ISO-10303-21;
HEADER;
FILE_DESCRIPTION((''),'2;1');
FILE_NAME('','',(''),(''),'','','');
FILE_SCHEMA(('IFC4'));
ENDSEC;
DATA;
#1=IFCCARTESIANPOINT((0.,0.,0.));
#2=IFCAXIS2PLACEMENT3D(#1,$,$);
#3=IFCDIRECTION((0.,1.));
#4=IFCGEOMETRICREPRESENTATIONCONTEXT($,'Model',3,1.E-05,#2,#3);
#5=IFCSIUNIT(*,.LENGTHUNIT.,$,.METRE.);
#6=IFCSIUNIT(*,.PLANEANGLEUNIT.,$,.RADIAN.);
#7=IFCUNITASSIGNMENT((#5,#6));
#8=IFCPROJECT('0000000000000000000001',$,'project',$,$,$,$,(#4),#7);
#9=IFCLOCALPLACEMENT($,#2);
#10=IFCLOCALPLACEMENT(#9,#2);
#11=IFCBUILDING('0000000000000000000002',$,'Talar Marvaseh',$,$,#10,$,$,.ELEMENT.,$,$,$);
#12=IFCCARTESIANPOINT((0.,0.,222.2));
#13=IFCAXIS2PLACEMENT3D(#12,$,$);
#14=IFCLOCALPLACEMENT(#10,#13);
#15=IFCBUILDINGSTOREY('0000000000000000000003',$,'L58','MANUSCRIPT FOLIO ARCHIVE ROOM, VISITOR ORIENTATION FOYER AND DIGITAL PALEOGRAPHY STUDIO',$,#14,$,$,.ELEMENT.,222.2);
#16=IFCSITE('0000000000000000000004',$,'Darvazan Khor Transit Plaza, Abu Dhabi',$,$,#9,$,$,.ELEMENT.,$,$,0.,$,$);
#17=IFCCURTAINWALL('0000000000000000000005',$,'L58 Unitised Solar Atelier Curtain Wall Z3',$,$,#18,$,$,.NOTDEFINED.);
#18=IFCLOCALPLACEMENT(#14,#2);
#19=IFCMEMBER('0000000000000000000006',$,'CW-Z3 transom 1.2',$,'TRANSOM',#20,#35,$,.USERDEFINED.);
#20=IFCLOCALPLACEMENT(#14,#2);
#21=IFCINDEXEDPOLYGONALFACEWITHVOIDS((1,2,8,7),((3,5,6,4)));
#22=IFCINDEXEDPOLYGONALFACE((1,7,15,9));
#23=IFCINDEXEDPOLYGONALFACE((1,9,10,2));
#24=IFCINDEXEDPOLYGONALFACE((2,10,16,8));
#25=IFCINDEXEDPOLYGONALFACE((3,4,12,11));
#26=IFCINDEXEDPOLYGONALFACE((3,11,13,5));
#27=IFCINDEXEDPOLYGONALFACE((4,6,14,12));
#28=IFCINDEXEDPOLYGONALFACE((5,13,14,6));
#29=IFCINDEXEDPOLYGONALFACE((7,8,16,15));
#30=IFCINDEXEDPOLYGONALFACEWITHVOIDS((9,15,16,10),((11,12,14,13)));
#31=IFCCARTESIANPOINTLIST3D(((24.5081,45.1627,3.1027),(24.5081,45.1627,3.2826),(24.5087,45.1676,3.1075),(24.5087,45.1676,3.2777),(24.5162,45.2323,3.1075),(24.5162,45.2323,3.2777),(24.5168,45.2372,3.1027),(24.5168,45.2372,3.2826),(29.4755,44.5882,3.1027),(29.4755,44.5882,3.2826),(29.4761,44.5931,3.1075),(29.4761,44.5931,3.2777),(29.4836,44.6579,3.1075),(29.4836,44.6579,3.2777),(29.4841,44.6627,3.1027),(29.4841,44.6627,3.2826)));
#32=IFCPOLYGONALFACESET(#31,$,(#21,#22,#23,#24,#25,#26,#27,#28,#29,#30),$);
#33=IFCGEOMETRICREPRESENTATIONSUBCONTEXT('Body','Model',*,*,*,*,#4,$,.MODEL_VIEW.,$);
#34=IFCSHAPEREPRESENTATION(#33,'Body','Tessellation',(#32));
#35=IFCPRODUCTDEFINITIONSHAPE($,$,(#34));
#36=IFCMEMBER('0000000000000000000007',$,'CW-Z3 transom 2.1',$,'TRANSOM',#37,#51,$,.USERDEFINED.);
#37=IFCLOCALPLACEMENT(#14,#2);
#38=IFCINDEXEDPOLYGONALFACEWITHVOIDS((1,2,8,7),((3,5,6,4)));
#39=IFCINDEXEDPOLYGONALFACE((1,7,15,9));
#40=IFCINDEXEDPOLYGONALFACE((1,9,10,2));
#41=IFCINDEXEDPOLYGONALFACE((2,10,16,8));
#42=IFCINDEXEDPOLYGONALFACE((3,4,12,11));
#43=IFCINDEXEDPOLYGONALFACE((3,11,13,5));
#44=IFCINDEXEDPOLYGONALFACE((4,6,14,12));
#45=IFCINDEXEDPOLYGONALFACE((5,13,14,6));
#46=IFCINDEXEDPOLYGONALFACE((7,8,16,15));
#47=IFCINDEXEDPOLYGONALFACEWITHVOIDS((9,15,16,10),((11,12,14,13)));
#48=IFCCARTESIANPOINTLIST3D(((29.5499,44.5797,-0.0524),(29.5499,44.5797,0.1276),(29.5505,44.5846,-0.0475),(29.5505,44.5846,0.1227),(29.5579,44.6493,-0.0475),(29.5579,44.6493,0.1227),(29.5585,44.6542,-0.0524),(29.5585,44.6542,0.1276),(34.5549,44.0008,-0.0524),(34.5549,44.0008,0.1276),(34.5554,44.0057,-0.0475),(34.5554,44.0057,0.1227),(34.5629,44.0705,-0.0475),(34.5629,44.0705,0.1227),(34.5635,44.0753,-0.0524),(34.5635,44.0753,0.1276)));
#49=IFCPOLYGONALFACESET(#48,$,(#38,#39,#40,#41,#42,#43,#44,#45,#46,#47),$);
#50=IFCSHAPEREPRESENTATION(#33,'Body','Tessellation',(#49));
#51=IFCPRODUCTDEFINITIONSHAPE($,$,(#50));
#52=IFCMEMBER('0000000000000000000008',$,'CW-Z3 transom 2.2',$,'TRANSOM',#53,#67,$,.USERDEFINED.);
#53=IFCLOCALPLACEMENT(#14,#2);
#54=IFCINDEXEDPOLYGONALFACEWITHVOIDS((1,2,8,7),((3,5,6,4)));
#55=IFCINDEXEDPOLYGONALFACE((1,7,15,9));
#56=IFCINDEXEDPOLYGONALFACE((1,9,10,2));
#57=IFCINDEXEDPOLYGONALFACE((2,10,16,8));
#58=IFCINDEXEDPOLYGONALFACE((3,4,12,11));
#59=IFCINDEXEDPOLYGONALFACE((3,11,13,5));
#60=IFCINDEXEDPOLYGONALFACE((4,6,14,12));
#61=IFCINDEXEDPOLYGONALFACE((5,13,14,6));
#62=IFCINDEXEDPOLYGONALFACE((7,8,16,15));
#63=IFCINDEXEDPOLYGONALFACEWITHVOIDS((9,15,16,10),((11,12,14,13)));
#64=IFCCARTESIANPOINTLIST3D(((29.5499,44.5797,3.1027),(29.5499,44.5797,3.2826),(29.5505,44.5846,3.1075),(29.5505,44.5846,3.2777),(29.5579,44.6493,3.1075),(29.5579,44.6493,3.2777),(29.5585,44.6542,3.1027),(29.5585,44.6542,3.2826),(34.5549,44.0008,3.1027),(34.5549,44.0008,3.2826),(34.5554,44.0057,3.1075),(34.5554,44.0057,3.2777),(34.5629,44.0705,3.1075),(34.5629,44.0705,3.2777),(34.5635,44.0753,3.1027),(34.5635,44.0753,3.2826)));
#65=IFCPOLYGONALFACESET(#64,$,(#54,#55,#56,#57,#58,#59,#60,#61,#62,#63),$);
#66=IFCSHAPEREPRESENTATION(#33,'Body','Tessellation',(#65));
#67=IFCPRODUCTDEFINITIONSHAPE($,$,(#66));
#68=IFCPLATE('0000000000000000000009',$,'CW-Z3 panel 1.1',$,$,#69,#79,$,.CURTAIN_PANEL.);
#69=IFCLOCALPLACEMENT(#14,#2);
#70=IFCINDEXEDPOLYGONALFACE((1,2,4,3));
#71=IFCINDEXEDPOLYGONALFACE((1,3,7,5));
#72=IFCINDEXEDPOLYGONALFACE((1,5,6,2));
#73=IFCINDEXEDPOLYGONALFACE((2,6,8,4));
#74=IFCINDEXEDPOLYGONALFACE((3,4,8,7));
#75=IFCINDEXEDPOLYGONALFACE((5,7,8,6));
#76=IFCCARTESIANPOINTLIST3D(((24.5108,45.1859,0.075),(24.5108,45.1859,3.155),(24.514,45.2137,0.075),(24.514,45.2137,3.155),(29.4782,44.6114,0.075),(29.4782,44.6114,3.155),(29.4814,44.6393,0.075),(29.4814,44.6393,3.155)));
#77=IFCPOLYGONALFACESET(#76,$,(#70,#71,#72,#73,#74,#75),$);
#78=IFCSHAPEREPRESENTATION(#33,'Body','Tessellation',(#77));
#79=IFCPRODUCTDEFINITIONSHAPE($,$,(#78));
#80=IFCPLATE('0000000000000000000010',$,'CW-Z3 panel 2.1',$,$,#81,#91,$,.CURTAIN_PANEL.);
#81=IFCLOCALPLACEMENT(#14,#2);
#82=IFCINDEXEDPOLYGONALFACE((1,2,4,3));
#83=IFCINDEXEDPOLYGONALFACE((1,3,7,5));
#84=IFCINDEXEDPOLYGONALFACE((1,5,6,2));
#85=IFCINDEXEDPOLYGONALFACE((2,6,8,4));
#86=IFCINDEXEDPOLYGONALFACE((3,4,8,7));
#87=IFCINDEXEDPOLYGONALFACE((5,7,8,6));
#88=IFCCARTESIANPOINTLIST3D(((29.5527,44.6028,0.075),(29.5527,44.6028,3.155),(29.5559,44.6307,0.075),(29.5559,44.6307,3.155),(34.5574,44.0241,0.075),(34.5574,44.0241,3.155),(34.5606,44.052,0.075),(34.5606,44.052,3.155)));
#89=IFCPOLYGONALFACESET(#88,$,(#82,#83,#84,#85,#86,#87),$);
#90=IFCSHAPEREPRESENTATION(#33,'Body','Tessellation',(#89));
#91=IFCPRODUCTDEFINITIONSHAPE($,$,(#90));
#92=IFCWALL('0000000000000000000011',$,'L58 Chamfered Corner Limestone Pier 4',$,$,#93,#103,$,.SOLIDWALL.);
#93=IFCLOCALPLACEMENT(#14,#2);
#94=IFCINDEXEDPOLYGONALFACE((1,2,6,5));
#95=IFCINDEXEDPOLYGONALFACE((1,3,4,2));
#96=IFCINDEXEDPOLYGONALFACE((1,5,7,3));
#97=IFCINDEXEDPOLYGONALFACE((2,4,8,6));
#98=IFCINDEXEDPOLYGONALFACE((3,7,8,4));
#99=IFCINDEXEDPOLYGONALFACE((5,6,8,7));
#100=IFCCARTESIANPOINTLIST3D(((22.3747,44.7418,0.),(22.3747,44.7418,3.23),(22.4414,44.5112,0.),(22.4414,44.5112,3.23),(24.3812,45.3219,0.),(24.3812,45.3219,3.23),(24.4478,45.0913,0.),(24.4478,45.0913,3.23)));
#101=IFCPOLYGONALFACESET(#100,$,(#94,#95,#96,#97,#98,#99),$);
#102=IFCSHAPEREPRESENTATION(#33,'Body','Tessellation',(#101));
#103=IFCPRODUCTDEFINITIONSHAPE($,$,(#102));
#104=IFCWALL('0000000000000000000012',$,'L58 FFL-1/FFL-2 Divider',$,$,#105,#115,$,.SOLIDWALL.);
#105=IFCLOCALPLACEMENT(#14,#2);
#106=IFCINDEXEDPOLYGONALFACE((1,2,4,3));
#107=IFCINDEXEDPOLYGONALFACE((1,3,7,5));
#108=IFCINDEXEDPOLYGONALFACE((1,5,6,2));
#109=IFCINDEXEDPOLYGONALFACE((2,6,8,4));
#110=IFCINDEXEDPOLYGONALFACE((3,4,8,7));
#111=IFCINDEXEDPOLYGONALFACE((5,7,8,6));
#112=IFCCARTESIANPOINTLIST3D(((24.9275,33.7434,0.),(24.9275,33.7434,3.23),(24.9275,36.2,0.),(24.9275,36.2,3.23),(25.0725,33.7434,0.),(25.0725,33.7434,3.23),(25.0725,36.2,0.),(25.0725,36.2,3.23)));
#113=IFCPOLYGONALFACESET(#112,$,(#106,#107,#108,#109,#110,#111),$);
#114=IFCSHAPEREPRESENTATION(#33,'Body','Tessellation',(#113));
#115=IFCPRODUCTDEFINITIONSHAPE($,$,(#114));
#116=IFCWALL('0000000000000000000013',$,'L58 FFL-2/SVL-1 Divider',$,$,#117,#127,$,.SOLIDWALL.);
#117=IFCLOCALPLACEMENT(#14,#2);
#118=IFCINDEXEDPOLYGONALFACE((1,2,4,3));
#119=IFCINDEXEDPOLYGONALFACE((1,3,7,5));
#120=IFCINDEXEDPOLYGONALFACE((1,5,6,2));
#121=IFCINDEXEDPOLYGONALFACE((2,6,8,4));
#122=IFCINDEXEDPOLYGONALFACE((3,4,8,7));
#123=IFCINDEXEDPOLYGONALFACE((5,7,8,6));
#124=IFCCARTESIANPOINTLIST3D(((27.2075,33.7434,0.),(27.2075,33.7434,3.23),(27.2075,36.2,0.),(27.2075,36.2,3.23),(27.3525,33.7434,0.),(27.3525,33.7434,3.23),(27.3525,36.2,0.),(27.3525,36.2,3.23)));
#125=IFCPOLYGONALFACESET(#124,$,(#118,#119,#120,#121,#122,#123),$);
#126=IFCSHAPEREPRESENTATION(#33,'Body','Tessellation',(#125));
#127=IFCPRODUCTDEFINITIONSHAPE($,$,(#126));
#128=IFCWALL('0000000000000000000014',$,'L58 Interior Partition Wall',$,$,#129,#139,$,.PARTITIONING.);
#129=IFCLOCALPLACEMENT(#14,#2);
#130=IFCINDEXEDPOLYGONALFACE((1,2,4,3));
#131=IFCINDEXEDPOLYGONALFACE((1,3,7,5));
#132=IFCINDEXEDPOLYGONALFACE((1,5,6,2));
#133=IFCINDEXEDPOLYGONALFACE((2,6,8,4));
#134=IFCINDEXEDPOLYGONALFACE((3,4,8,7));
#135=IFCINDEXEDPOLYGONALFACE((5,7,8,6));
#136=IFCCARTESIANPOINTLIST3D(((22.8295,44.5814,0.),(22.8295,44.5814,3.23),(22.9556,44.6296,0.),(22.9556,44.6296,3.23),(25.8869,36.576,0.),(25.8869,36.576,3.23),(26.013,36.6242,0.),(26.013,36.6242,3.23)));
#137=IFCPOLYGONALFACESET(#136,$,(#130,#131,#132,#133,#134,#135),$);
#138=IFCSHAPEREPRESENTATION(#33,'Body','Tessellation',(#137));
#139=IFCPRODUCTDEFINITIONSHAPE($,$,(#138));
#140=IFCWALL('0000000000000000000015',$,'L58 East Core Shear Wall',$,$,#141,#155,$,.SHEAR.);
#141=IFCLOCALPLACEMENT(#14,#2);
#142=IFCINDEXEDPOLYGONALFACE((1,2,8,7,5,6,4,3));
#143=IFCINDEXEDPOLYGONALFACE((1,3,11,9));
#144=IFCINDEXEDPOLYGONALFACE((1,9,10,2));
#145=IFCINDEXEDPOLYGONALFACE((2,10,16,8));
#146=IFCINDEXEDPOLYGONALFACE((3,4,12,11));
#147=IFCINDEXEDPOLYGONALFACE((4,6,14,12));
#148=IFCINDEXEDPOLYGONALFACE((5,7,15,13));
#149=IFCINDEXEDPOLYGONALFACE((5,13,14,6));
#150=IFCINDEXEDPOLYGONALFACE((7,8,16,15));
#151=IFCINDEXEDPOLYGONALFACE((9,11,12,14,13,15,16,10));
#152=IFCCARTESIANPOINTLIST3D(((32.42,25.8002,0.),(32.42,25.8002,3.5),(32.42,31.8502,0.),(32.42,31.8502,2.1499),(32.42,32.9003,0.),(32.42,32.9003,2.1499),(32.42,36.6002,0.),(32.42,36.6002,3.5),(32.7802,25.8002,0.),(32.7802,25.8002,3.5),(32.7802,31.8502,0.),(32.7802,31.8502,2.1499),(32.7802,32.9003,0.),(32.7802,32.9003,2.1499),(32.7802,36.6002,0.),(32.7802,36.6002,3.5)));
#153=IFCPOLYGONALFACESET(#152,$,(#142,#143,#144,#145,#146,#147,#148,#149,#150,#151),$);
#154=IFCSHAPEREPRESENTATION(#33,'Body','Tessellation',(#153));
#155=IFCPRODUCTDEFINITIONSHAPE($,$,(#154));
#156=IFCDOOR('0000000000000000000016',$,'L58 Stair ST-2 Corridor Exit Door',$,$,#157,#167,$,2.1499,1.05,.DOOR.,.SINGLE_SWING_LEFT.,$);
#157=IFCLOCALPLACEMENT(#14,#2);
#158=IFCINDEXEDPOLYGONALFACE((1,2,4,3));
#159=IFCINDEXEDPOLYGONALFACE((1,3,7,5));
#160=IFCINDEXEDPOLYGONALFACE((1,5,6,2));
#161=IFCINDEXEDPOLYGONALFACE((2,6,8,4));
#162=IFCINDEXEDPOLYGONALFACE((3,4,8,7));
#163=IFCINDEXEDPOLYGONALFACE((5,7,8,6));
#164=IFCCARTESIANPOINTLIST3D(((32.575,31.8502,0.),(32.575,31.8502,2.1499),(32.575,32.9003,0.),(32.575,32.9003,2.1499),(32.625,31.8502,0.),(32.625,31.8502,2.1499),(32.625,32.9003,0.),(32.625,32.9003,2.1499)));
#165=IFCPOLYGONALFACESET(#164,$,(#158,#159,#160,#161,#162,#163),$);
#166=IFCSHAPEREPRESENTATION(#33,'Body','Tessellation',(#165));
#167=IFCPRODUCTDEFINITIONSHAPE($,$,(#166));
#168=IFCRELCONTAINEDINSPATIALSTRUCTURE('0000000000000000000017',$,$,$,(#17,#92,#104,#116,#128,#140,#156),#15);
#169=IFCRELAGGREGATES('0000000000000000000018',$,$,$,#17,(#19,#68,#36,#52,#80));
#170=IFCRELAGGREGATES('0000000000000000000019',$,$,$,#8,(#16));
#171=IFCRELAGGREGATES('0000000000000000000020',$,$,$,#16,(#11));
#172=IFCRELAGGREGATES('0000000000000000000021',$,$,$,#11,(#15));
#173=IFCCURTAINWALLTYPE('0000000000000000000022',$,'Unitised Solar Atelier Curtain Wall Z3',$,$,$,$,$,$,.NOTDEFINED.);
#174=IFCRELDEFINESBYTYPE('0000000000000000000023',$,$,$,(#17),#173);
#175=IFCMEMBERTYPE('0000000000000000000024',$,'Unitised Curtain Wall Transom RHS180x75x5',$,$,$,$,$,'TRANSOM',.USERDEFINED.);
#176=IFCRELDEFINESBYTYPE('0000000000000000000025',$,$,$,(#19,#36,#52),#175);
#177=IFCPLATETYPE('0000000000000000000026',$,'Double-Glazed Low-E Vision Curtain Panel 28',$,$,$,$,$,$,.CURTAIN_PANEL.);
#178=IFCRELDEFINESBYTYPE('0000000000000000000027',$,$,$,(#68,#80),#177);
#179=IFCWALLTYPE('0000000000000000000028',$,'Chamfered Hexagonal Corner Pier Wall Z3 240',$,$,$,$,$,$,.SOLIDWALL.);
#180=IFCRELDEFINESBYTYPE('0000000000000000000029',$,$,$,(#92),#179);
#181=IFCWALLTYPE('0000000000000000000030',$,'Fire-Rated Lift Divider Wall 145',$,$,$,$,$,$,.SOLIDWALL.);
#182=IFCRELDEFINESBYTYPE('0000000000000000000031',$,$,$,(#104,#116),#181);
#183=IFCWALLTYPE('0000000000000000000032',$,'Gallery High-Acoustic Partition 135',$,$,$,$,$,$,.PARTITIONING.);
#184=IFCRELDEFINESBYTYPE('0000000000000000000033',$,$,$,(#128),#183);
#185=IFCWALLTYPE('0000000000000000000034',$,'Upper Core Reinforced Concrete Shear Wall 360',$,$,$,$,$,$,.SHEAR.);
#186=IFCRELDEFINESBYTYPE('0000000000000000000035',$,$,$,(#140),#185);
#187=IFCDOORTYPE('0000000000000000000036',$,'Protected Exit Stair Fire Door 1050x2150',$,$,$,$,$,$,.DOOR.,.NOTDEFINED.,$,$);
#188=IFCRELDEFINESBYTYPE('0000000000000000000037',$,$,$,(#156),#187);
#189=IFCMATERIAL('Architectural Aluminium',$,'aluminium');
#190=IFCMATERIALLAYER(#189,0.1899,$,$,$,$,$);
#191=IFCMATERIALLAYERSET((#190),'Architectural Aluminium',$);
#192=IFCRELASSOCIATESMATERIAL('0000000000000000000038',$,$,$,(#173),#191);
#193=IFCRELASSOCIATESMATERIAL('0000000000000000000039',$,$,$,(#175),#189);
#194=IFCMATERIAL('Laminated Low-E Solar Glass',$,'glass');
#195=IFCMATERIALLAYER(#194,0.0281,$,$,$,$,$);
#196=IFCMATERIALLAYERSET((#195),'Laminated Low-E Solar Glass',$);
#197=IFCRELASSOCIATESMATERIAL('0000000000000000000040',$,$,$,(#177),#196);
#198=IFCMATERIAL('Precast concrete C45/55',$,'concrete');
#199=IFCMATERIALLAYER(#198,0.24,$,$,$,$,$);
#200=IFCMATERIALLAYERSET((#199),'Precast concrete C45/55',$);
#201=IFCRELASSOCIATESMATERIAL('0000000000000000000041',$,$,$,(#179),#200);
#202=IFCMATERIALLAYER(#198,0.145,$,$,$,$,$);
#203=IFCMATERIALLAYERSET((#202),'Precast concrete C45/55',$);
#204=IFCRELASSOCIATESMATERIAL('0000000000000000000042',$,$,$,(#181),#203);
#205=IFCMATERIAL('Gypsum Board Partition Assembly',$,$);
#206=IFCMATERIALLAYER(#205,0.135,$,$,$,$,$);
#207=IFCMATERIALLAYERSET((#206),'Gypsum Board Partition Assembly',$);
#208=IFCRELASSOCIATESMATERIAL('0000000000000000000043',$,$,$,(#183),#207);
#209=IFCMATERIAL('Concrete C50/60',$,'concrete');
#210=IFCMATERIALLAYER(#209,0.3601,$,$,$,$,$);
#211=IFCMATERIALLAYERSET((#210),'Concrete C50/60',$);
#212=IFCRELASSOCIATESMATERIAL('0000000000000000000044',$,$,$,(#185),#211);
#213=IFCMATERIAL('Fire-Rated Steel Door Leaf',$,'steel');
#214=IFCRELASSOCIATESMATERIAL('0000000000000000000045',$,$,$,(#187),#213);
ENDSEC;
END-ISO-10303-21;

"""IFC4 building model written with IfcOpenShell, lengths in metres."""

from ifc_helpers import new_model, si_unit, direction, frame, frame_2d, origin, origin_2d, place, context, subcontext, project, spatial, rectangle, hollow_rectangle, extrude, source, transform, mapped, material, layer, layer_set, material_profile, profile_set, type_object, type_shapes, element, fill, aggregate, save


model = new_model("IFC4")

# Units and contexts
model_context = context("Model", 3, precision=1e-05, world=origin(), true_north=direction((0.0, 1.0)))
body_context = subcontext(model_context, "Body", "Model", "MODEL_VIEW")
ifc_project = project(units=[si_unit("LENGTHUNIT", "METRE"), si_unit("PLANEANGLEUNIT", "RADIAN")], contexts=[model_context])

# Site, building, storey
site_placement = place(None, origin())
site = spatial("IfcSite", under=ifc_project, at=site_placement, Name="Darvazan Khor Transit Plaza, Abu Dhabi", CompositionType="ELEMENT", RefElevation=0.0)
building_placement = place(site_placement, origin())
building = spatial("IfcBuilding", under=site, at=building_placement, Name="Talar Marvaseh", CompositionType="ELEMENT")
storey_placement = place(building_placement, frame((0.0, 0.0, 222.2)))
storey = spatial("IfcBuildingStorey", under=building, at=storey_placement, Name="L58", Description="MANUSCRIPT FOLIO ARCHIVE ROOM, VISITOR ORIENTATION FOYER AND DIGITAL PALEOGRAPHY STUDIO", CompositionType="ELEMENT", Elevation=222.2)

# Shared definitions
ifc_material_1 = material(Name="Architectural Aluminium", Category="aluminium")
ifc_layer_1 = layer(ifc_material_1, 0.1899)
ifc_layer_set_1 = layer_set([ifc_layer_1], Name="Architectural Aluminium")
curtain_wall_type = type_object("IfcCurtainWallType", Name="Unitised Solar Atelier Curtain Wall Z3", PredefinedType="NOTDEFINED", material=ifc_layer_set_1)

# Curtain wall, members, plates
curtain_wall_1_placement = place(storey_placement, origin())
curtain_wall_1 = element("IfcCurtainWall", 1, at=curtain_wall_1_placement, inside=storey, type_object=curtain_wall_type, Name="L58 Unitised Solar Atelier Curtain Wall Z3", PredefinedType="NOTDEFINED")
ifc_material_profile_1 = material_profile(ifc_material_1, hollow_rectangle(XDim=0.075, YDim=0.1799, WallThickness=0.0049, at=origin_2d()), Name="RHS180x75x5")
ifc_profile_set_1 = profile_set([ifc_material_profile_1], Name="Architectural Aluminium")
member_type_1 = type_object("IfcMemberType", Name="Unitised Curtain Wall Transom RHS180x75x5", ElementType="TRANSOM", PredefinedType="USERDEFINED", material=ifc_profile_set_1)
shared_shape_1 = source(origin(), body_context, "Body", "SweptSolid", [
    extrude(hollow_rectangle(XDim=0.075, YDim=0.1799, WallThickness=0.0049, at=origin_2d()), origin(), (0.0, 0.0, 1.0), 5.0005),
])
member_1_placement = place(storey_placement, frame((24.5125, 45.2, 3.1926), z_axis=(0.993379, -0.114884, 0.0), x_axis=(0.114884, 0.993379, 0.0)))
member_1 = element("IfcMember", 2, at=member_1_placement, type_object=member_type_1, Name="CW-Z3 transom 1.2", ObjectType="TRANSOM", PredefinedType="USERDEFINED", context=body_context, shape_type="MappedRepresentation", body=[
    mapped(shared_shape_1, transform((0.0, 0.0, 0.0), x_axis=(1.0, 0.0, 0.0), y_axis=(0.0, 1.0, 0.0), z_axis=(0.0, 0.0, 1.0), scale=1.0)),
])
shared_shape_2 = source(origin(), body_context, "Body", "SweptSolid", [
    extrude(hollow_rectangle(XDim=0.075, YDim=0.1799, WallThickness=0.0049, at=origin_2d()), origin(), (0.0, 0.0, 1.0), 5.0383),
])
type_shapes(member_type_1, [shared_shape_1, shared_shape_2])
member_2_placement = place(storey_placement, frame((29.5542, 44.6169, 0.0376), z_axis=(0.993378, -0.114893, 0.0), x_axis=(0.114893, 0.993378, 0.0)))
member_2 = element("IfcMember", 3, at=member_2_placement, type_object=member_type_1, Name="CW-Z3 transom 2.1", ObjectType="TRANSOM", PredefinedType="USERDEFINED", context=body_context, shape_type="MappedRepresentation", body=[
    mapped(shared_shape_2, transform((0.0, 0.0, 0.0), x_axis=(1.0, 0.0, 0.0), y_axis=(0.0, 1.0, 0.0), z_axis=(0.0, 0.0, 1.0), scale=1.0)),
])
member_3_placement = place(storey_placement, frame((29.5542, 44.6169, 3.1926), z_axis=(0.993378, -0.114893, 0.0), x_axis=(0.114893, 0.993378, 0.0)))
member_3 = element("IfcMember", 4, at=member_3_placement, type_object=member_type_1, Name="CW-Z3 transom 2.2", ObjectType="TRANSOM", PredefinedType="USERDEFINED", context=body_context, shape_type="MappedRepresentation", body=[
    mapped(shared_shape_2, transform((0.0, 0.0, 0.0), x_axis=(1.0, 0.0, 0.0), y_axis=(0.0, 1.0, 0.0), z_axis=(0.0, 0.0, 1.0), scale=1.0)),
])
ifc_material_2 = material(Name="Laminated Low-E Solar Glass", Category="glass")
ifc_layer_2 = layer(ifc_material_2, 0.0281)
ifc_layer_set_2 = layer_set([ifc_layer_2], Name="Laminated Low-E Solar Glass")
plate_type = type_object("IfcPlateType", Name="Double-Glazed Low-E Vision Curtain Panel 28", PredefinedType="CURTAIN_PANEL", material=ifc_layer_set_2)
shared_shape_3 = source(origin(), body_context, "Body", "SweptSolid", [
    extrude(rectangle(XDim=5.0005, YDim=0.0281, at=origin_2d()), origin(), (0.0, 0.0, 1.0), 3.0801),
])
plate_1_placement = place(storey_placement, frame((26.9961, 44.9126, 0.075), z_axis=(0.0, 0.0, 1.0), x_axis=(0.99338, -0.11487, 0.0)))
plate_1 = element("IfcPlate", 5, at=plate_1_placement, type_object=plate_type, Name="CW-Z3 panel 1.1", PredefinedType="CURTAIN_PANEL", context=body_context, shape_type="MappedRepresentation", body=[
    mapped(shared_shape_3, transform((0.0, 0.0, 0.0), x_axis=(1.0, 0.0, 0.0), y_axis=(0.0, 1.0, 0.0), z_axis=(0.0, 0.0, 1.0), scale=1.0)),
])
shared_shape_4 = source(origin(), body_context, "Body", "SweptSolid", [
    extrude(rectangle(XDim=5.0381, YDim=0.0281, at=origin_2d()), origin(), (0.0, 0.0, 1.0), 3.0801),
])
type_shapes(plate_type, [shared_shape_3, shared_shape_4])
plate_2_placement = place(storey_placement, frame((32.0566, 44.3274, 0.075), z_axis=(0.0, 0.0, 1.0), x_axis=(0.99338, -0.11487, 0.0)))
plate_2 = element("IfcPlate", 6, at=plate_2_placement, type_object=plate_type, Name="CW-Z3 panel 2.1", PredefinedType="CURTAIN_PANEL", context=body_context, shape_type="MappedRepresentation", body=[
    mapped(shared_shape_4, transform((0.0, 0.0, 0.0), x_axis=(1.0, 0.0, 0.0), y_axis=(0.0, 1.0, 0.0), z_axis=(0.0, 0.0, 1.0), scale=1.0)),
])
aggregate(curtain_wall_1, [member_1, plate_1, member_2, member_3, plate_2])

# Walls
ifc_material_3 = material(Name="Precast concrete C45/55", Category="concrete")
ifc_layer_3 = layer(ifc_material_3, 0.24)
ifc_layer_set_3 = layer_set([ifc_layer_3], Name="Precast concrete C45/55")
wall_type_1 = type_object("IfcWallType", Name="Chamfered Hexagonal Corner Pier Wall Z3 240", PredefinedType="SOLIDWALL", material=ifc_layer_set_3)
wall_1_placement = place(storey_placement, frame((22.408, 44.6265, 0.0), z_axis=(0.0, 0.0, 1.0), x_axis=(0.960655, 0.277746, 0.0)))
element("IfcWall", 7, at=wall_1_placement, inside=storey, type_object=wall_type_1, Name="L58 Chamfered Corner Limestone Pier 4", PredefinedType="SOLIDWALL", context=body_context, shape_type="SweptSolid", body=[
    extrude(rectangle(XDim=2.0886, YDim=0.24, at=frame_2d((1.0444, 0.0))), origin(), (0.0, 0.0, 1.0), 3.23),
])
ifc_layer_4 = layer(ifc_material_3, 0.145)
ifc_layer_set_4 = layer_set([ifc_layer_4], Name="Precast concrete C45/55")
wall_type_2 = type_object("IfcWallType", Name="Fire-Rated Lift Divider Wall 145", PredefinedType="SOLIDWALL", material=ifc_layer_set_4)
for number, where, z_axis, x_axis, name in (
    (8, (25.0, 33.7434, 0.0), (0.0, 0.0, 1.0), (0.0, 1.0, 0.0), "L58 FFL-1/FFL-2 Divider"),
    (9, (27.28, 33.7434, 0.0), (0.0, 0.0, 1.0), (0.0, 1.0, 0.0), "L58 FFL-2/SVL-1 Divider"),
):
    element("IfcWall", number, at=place(storey_placement, frame(where, z_axis=z_axis, x_axis=x_axis)), inside=storey, type_object=wall_type_2, Name=name, PredefinedType="SOLIDWALL", context=body_context, shape_type="SweptSolid", body=[
        extrude(rectangle(XDim=2.4565, YDim=0.145, at=frame_2d((1.2283, 0.0))), origin(), (0.0, 0.0, 1.0), 3.23),
    ])

# Wall
ifc_material_4 = material(Name="Gypsum Board Partition Assembly")
ifc_layer_5 = layer(ifc_material_4, 0.135)
ifc_layer_set_5 = layer_set([ifc_layer_5], Name="Gypsum Board Partition Assembly")
wall_type_3 = type_object("IfcWallType", Name="Gallery High-Acoustic Partition 135", PredefinedType="PARTITIONING", material=ifc_layer_set_5)
wall_2_placement = place(storey_placement, frame((25.95, 36.6001, 0.0), z_axis=(0.0, 0.0, 1.0), x_axis=(-0.356781, 0.934188, 0.0)))
element("IfcWall", 10, at=wall_2_placement, inside=storey, type_object=wall_type_3, Name="L58 Interior Partition Wall", PredefinedType="PARTITIONING", context=body_context, shape_type="SweptSolid", body=[
    extrude(rectangle(XDim=8.5693, YDim=0.135, at=frame_2d((4.2847, 0.0))), origin(), (0.0, 0.0, 1.0), 3.23),
])

# Wall, opening, door
ifc_material_5 = material(Name="Concrete C50/60", Category="concrete")
ifc_layer_6 = layer(ifc_material_5, 0.3601)
ifc_layer_set_6 = layer_set([ifc_layer_6], Name="Concrete C50/60")
wall_type_4 = type_object("IfcWallType", Name="Upper Core Reinforced Concrete Shear Wall 360", PredefinedType="SHEAR", material=ifc_layer_set_6)
wall_3_placement = place(storey_placement, frame((32.6001, 36.6001, 0.0), z_axis=(0.0, 0.0, 1.0), x_axis=(0.0, -1.0, 0.0)))
wall_3 = element("IfcWall", 11, at=wall_3_placement, inside=storey, type_object=wall_type_4, Name="L58 East Core Shear Wall", PredefinedType="SHEAR", context=body_context, shape_type="SweptSolid", body=[
    extrude(rectangle(XDim=10.8, YDim=0.3601, at=frame_2d((5.3999, 0.0))), origin(), (0.0, 0.0, 1.0), 3.5),
])
opening_1_placement = place(wall_3_placement, frame((3.7, 0.0, 0.0)))
opening_1 = element("IfcOpeningElement", 12, at=opening_1_placement, cuts=wall_3, PredefinedType="OPENING", context=body_context, shape_type="SweptSolid", body=[
    extrude(rectangle(XDim=1.05, YDim=2.1499, at=frame_2d((0.5249, 1.075))), frame((0.0, 0.1899, 0.0), z_axis=(0.0, -1.0, 0.0), x_axis=(1.0, 0.0, 0.0)), (0.0, 0.0, 1.0), 0.3801),
])
ifc_material_6 = material(Name="Fire-Rated Steel Door Leaf", Category="steel")
door_type_1 = type_object("IfcDoorType", Name="Protected Exit Stair Fire Door 1050x2150", OperationType="NOTDEFINED", PredefinedType="DOOR", material=ifc_material_6)
shared_shape_5 = source(origin(), body_context, "Body", "SweptSolid", [
    extrude(rectangle(XDim=1.05, YDim=2.1499, at=frame_2d((0.5249, 1.075))), frame((0.0, 0.0249, 0.0), z_axis=(0.0, -1.0, 0.0), x_axis=(1.0, 0.0, 0.0)), (0.0, 0.0, 1.0), 0.05),
])
type_shapes(door_type_1, [shared_shape_5])
door_1_placement = place(opening_1_placement, origin())
door_1 = element("IfcDoor", 13, at=door_1_placement, inside=storey, type_object=door_type_1, Name="L58 Stair ST-2 Corridor Exit Door", OperationType="SINGLE_SWING_LEFT", OverallHeight=2.1499, OverallWidth=1.05, PredefinedType="DOOR", context=body_context, shape_type="MappedRepresentation", body=[
    mapped(shared_shape_5, transform((0.0, 0.0, 0.0), x_axis=(1.0, 0.0, 0.0), y_axis=(0.0, 1.0, 0.0), z_axis=(0.0, 0.0, 1.0), scale=1.0)),
])
fill(opening_1, door_1)

save(model, "model.ifc")
